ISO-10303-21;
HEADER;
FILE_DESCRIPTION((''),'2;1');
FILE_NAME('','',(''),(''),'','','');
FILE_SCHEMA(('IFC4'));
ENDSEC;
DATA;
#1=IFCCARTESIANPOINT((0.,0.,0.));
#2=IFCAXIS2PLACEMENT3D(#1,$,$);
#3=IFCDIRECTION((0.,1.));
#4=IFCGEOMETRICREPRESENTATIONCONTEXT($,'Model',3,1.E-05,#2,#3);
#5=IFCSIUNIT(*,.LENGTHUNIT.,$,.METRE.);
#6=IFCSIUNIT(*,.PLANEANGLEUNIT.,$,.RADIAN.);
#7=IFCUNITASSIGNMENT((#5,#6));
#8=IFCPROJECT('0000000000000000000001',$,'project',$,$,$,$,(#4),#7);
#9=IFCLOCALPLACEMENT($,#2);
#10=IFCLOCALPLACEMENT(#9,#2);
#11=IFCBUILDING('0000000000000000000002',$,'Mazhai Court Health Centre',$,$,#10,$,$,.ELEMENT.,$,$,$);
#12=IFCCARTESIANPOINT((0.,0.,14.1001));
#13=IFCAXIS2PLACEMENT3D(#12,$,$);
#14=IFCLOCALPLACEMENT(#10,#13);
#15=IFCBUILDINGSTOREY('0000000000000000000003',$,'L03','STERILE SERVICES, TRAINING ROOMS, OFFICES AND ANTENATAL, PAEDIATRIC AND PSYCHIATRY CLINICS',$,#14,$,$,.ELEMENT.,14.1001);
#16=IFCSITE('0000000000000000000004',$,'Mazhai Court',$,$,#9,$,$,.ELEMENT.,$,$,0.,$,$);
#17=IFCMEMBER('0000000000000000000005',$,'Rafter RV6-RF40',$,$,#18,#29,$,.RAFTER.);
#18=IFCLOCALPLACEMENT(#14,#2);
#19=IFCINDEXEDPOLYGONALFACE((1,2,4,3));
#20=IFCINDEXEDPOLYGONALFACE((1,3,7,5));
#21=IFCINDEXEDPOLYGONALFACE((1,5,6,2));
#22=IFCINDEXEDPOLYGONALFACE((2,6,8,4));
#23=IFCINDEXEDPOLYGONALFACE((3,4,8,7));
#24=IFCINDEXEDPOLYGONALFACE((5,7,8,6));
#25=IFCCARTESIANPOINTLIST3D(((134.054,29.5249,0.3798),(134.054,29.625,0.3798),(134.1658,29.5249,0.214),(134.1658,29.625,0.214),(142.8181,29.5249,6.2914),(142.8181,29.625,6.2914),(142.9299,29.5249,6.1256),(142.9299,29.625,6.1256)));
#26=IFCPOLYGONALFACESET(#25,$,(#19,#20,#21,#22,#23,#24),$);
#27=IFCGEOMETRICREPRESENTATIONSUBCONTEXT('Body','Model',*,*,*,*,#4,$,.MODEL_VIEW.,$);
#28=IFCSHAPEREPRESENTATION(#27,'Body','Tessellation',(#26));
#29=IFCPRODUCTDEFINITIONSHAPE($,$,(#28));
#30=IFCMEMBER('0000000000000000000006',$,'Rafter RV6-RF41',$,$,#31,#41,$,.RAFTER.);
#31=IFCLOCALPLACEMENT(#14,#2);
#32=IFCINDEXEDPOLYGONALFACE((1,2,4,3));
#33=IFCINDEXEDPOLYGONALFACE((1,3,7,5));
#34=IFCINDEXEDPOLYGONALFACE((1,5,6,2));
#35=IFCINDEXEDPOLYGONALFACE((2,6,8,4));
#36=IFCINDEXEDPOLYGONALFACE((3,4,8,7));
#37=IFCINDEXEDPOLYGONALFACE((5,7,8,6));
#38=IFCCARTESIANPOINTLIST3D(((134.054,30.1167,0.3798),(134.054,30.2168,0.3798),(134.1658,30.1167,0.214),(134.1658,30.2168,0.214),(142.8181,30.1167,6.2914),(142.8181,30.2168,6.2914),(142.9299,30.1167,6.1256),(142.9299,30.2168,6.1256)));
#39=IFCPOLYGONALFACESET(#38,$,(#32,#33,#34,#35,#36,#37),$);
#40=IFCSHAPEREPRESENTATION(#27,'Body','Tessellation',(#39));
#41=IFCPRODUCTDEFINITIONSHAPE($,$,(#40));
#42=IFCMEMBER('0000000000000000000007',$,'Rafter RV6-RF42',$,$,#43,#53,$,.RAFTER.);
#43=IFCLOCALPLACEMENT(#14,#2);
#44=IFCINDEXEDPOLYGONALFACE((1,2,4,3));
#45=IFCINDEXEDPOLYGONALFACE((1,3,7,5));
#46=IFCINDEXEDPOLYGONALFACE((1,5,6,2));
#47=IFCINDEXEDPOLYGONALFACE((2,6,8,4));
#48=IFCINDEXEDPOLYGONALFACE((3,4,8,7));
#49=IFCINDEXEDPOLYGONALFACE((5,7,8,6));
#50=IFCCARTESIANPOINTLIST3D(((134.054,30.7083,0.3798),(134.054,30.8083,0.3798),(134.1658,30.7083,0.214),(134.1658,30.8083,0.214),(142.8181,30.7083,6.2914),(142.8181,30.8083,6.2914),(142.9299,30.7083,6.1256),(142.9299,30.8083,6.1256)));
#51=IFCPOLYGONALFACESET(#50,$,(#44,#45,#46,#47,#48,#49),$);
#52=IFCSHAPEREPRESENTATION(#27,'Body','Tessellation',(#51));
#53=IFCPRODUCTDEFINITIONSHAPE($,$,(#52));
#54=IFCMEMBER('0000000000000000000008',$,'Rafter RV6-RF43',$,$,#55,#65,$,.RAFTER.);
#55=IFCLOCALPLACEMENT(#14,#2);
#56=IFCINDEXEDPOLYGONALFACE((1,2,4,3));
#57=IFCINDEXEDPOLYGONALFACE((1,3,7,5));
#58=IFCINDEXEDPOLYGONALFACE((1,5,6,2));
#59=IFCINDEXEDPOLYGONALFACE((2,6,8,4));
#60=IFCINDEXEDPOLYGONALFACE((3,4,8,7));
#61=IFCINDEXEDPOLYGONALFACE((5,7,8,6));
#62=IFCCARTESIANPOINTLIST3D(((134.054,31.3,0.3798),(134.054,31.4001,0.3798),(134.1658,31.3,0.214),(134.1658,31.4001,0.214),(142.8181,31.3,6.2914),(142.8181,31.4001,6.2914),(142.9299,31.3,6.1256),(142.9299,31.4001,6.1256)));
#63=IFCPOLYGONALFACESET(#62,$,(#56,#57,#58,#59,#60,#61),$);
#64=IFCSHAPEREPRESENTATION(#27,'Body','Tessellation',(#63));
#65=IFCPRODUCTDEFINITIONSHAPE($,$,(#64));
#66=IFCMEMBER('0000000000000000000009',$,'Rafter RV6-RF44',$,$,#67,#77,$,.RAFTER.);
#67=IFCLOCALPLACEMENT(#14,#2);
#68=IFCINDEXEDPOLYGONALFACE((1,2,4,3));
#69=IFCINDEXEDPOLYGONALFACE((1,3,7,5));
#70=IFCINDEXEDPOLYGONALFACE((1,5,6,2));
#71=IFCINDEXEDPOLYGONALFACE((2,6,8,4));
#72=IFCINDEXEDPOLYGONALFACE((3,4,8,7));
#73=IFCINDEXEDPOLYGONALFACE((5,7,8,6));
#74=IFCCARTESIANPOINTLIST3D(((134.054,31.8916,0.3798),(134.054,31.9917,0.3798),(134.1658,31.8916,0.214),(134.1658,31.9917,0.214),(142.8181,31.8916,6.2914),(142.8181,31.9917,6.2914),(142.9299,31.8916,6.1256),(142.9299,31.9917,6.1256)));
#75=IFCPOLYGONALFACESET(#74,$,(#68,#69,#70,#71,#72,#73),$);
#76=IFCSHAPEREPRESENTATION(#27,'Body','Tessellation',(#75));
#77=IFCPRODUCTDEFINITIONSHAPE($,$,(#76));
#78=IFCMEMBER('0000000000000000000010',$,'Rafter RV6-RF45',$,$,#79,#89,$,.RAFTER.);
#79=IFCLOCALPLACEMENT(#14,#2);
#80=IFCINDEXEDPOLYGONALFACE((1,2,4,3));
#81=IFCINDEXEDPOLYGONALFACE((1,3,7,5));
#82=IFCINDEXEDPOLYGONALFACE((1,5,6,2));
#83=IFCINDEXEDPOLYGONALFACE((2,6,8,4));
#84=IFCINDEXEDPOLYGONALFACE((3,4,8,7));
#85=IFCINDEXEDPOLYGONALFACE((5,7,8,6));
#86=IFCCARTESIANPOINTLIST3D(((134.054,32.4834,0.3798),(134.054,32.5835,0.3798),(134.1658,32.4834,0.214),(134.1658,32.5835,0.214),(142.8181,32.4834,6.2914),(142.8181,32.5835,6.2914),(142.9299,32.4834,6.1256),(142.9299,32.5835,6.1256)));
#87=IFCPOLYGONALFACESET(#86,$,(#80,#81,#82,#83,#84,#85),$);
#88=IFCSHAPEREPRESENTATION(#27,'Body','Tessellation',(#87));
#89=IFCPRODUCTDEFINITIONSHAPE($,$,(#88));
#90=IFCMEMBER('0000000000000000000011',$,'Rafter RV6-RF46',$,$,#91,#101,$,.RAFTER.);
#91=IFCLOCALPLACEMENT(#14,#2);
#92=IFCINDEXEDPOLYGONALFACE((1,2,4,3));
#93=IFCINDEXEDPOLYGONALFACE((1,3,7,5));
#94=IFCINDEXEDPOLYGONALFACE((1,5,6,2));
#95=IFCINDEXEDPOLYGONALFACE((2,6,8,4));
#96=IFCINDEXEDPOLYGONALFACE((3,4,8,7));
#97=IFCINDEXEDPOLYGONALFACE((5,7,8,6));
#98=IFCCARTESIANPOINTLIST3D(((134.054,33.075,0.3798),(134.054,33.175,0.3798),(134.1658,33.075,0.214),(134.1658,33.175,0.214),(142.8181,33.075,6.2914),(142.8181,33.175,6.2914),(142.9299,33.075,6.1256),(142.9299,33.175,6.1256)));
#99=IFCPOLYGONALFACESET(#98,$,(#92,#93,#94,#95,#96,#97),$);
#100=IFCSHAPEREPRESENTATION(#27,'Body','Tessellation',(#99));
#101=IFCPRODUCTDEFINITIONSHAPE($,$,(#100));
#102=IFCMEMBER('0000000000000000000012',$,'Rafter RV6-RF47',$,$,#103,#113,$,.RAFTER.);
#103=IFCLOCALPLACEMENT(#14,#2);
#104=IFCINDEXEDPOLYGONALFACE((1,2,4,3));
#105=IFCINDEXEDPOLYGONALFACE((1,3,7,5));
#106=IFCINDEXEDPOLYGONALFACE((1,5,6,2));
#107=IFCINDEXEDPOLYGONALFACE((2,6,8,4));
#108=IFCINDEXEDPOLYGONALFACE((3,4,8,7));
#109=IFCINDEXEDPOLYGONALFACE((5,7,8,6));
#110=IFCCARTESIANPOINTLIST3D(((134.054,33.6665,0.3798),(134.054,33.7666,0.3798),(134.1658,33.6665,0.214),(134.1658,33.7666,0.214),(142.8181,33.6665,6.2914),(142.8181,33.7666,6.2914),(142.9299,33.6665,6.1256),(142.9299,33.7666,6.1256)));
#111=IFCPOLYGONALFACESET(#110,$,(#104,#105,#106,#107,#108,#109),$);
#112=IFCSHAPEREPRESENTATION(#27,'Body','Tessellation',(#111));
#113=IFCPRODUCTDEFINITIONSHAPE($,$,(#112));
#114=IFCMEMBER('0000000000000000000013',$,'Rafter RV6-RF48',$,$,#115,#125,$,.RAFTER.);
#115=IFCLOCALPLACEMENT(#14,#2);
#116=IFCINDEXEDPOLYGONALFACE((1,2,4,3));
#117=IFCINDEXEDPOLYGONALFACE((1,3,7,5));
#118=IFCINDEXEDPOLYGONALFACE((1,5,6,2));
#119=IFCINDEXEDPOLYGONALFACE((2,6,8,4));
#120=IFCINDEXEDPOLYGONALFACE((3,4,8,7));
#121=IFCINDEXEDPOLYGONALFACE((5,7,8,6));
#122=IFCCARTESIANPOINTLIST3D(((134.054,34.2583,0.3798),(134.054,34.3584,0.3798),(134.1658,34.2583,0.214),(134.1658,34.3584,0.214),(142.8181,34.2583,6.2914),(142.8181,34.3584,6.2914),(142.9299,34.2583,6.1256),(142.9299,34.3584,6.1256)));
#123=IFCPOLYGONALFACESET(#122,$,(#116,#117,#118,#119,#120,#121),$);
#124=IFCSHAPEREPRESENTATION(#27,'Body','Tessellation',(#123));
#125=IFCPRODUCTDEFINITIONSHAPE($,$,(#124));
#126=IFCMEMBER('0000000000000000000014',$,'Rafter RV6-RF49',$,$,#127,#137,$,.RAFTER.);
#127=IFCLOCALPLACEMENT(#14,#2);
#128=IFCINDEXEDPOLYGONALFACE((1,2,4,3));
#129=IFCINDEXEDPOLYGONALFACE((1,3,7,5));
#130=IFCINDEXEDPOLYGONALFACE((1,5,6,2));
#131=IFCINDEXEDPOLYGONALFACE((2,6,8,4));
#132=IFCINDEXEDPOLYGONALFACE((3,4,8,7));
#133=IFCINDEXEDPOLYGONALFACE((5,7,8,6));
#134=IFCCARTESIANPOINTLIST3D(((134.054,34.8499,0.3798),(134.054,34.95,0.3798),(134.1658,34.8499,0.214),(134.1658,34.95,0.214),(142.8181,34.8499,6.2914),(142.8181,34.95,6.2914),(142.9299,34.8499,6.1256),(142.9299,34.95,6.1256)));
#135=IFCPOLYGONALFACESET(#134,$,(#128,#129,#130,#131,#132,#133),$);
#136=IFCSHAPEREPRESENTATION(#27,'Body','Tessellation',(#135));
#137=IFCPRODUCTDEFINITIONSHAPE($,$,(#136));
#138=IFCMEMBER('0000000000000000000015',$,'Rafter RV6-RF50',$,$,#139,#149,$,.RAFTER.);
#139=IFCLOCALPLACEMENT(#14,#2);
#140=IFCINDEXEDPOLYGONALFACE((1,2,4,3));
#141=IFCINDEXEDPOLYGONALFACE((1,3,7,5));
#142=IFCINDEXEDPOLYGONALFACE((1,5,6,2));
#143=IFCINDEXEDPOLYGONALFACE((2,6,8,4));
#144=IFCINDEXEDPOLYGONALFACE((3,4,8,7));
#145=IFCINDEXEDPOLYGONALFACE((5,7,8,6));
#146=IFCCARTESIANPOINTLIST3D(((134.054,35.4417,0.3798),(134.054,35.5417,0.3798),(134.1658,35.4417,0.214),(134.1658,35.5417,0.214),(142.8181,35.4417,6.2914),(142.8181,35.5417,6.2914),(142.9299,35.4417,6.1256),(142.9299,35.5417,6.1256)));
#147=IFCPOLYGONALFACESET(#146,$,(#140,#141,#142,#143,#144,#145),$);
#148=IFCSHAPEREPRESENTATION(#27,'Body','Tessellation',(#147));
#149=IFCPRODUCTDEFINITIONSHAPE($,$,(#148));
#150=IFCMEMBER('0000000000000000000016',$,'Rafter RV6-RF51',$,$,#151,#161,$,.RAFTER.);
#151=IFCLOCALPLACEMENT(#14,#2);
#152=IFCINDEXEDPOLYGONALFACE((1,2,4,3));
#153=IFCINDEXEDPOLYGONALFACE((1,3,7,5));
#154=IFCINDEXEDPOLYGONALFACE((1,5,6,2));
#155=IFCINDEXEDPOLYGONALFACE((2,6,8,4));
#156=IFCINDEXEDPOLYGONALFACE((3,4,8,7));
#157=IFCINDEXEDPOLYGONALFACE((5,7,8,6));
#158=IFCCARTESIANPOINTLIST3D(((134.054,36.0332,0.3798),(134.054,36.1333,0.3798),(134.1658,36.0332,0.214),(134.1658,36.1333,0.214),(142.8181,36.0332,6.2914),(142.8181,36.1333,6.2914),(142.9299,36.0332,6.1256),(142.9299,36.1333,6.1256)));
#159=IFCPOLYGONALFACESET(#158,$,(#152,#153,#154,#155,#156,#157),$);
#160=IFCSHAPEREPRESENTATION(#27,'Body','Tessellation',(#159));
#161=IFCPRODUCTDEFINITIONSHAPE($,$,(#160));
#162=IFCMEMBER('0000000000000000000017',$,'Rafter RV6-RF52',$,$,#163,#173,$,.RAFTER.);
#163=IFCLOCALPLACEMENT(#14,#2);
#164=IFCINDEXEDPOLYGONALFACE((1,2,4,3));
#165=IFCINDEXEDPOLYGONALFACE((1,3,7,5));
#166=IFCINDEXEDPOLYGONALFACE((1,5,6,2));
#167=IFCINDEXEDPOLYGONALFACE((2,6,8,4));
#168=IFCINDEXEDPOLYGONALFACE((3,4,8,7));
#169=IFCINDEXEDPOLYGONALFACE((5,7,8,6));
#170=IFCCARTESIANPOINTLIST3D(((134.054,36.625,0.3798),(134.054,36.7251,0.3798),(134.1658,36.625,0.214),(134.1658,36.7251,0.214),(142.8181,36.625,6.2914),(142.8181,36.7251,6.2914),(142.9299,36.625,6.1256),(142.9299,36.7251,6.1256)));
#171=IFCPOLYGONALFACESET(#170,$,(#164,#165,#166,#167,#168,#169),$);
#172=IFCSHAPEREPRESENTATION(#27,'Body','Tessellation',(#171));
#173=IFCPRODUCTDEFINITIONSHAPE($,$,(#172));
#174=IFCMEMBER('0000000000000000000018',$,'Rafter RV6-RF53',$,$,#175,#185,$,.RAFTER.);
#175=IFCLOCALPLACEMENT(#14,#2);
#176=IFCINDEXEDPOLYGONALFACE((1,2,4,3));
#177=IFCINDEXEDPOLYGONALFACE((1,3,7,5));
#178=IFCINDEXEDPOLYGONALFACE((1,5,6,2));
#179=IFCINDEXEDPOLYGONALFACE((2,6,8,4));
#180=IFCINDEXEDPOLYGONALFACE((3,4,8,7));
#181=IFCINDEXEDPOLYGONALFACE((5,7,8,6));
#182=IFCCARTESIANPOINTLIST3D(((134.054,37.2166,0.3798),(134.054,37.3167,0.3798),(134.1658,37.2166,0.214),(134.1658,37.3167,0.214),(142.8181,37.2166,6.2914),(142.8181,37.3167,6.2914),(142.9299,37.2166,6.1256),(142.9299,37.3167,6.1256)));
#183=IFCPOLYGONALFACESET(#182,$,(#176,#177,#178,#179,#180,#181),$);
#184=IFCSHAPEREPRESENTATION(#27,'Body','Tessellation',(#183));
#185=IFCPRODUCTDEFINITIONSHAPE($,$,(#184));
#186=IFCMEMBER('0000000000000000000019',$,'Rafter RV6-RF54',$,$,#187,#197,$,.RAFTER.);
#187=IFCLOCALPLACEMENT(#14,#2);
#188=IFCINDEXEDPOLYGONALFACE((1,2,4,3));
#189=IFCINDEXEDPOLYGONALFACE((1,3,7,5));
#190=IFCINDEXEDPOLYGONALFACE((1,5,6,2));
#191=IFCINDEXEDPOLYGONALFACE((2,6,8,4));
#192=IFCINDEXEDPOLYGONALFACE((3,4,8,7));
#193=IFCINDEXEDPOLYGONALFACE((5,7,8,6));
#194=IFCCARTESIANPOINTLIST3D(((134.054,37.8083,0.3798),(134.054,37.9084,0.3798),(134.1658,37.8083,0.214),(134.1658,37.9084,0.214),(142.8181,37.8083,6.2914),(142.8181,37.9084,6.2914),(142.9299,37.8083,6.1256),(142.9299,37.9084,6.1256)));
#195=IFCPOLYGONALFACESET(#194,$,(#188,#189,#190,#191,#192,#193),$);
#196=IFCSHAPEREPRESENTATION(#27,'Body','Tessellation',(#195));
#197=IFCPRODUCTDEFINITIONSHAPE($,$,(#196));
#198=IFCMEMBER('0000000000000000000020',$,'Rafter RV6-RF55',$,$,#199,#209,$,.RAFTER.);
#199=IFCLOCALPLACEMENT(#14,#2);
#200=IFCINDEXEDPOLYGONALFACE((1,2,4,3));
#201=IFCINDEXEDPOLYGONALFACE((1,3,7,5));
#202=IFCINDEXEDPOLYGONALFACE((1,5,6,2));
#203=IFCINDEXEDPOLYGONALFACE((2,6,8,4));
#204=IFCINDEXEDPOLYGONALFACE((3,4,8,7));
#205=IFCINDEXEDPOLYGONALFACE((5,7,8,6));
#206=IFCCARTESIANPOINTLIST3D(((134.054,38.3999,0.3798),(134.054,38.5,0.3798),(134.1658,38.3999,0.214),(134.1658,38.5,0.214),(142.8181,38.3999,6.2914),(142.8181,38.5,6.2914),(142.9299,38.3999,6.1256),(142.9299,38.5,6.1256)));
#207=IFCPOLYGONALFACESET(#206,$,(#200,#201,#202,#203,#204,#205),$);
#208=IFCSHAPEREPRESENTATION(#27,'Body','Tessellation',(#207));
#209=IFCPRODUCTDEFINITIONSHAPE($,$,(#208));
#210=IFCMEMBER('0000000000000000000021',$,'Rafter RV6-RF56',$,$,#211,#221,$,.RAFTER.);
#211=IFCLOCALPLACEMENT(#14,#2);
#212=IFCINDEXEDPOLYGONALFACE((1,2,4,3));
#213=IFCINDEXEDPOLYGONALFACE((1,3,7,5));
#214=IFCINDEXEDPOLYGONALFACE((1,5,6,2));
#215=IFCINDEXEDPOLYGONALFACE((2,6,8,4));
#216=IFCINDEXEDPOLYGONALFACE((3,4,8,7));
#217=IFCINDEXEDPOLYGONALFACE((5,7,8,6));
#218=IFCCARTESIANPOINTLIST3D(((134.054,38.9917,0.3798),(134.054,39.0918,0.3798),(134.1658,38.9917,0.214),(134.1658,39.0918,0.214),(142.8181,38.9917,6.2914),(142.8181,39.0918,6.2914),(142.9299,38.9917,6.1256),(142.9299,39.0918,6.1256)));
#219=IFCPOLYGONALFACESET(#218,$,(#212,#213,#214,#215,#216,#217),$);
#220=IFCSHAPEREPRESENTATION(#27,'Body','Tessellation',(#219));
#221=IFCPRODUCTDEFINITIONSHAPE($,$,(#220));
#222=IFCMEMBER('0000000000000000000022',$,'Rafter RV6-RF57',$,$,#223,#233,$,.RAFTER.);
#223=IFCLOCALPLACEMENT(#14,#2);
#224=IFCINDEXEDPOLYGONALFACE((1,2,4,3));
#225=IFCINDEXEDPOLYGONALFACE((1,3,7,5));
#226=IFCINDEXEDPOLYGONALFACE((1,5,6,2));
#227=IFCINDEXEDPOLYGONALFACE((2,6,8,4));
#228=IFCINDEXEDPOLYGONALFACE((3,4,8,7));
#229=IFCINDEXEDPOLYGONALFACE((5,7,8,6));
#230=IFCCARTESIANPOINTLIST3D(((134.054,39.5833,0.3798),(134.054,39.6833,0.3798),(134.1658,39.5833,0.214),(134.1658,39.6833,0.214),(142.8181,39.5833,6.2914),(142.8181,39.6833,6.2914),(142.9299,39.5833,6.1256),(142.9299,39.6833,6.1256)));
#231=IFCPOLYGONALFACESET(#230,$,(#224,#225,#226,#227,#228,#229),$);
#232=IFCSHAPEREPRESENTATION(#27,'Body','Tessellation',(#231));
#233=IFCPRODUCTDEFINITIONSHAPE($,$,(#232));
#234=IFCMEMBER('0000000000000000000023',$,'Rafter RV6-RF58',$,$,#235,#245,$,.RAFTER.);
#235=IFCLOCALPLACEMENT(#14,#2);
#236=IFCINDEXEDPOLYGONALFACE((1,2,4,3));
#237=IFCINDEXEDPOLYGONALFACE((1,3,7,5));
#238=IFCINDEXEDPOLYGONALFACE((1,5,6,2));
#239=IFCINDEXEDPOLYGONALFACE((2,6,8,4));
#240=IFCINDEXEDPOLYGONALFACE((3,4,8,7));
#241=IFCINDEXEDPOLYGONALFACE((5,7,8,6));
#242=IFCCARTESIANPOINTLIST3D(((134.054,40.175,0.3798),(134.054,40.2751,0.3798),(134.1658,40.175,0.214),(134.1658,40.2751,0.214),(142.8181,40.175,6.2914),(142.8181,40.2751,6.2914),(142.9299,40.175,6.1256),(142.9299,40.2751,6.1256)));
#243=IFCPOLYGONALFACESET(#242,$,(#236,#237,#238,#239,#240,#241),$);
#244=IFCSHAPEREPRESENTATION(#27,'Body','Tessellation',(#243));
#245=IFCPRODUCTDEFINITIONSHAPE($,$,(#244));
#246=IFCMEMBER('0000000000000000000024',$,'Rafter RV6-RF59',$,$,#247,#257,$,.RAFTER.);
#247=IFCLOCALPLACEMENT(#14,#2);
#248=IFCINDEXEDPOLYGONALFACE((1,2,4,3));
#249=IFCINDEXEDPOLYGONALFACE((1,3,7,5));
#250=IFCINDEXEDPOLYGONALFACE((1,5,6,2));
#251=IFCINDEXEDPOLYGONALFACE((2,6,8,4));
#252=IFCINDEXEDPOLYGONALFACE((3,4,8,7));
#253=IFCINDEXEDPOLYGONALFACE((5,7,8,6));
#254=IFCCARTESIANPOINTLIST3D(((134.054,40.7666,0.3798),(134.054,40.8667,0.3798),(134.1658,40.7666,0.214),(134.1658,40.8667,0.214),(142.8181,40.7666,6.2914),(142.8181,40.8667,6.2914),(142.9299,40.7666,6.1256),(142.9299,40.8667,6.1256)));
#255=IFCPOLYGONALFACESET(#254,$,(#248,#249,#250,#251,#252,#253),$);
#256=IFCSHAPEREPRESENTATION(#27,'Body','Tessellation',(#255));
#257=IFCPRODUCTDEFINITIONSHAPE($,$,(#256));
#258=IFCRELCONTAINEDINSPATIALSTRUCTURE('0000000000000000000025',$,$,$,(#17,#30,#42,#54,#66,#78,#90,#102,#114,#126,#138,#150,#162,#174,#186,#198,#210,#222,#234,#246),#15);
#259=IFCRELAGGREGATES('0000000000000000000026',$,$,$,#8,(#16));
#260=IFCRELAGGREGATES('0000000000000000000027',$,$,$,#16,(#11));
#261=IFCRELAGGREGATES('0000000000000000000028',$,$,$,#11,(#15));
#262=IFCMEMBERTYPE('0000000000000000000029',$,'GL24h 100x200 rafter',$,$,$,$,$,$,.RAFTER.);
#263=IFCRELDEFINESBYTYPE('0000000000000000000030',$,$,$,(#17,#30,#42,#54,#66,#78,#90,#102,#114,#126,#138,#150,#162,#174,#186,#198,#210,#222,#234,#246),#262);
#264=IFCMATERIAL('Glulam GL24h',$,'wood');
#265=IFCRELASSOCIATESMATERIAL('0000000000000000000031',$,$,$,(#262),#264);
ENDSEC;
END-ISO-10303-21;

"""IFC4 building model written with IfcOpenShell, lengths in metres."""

from ifc_helpers import new_model, si_unit, direction, frame, origin, origin_2d, place, context, subcontext, project, spatial, rectangle, extrude, material, material_profile, profile_set, type_object, element, save


model = new_model("IFC4")

# Units and contexts
model_context = context("Model", 3, precision=1e-05, world=origin(), true_north=direction((0.0, 1.0)))
body_context = subcontext(model_context, "Body", "Model", "MODEL_VIEW")
ifc_project = project(units=[si_unit("LENGTHUNIT", "METRE"), si_unit("PLANEANGLEUNIT", "RADIAN")], contexts=[model_context])

# Site, building, storey
site_placement = place(None, origin())
site = spatial("IfcSite", under=ifc_project, at=site_placement, Name="Mazhai Court", CompositionType="ELEMENT", RefElevation=0.0)
building_placement = place(site_placement, origin())
building = spatial("IfcBuilding", under=site, at=building_placement, Name="Mazhai Court Health Centre", CompositionType="ELEMENT")
storey_placement = place(building_placement, frame((0.0, 0.0, 14.1001)))
storey = spatial("IfcBuildingStorey", under=building, at=storey_placement, Name="L03", Description="STERILE SERVICES, TRAINING ROOMS, OFFICES AND ANTENATAL, PAEDIATRIC AND PSYCHIATRY CLINICS", CompositionType="ELEMENT", Elevation=14.1001)

# Members
ifc_material_1 = material(Name="Glulam GL24h", Category="wood")
ifc_material_profile = material_profile(ifc_material_1, rectangle(XDim=0.1001, YDim=0.2, at=origin_2d()), Name="GL24h 100x200")
ifc_profile_set = profile_set([ifc_material_profile], Name="Glulam GL24h")
member_type = type_object("IfcMemberType", Name="GL24h 100x200 rafter", PredefinedType="RAFTER", material=ifc_profile_set)
for number, where, z_axis, x_axis, name in (
    (1, (134.1099, 29.575, 0.2969), (0.829032, 0.0, 0.559201), (0.0, 1.0, 0.0), "Rafter RV6-RF40"),
    (2, (134.1099, 30.1667, 0.2969), (0.829032, 0.0, 0.559201), (0.0, 1.0, 0.0), "Rafter RV6-RF41"),
    (3, (134.1099, 30.7583, 0.2969), (0.829032, 0.0, 0.559201), (0.0, 1.0, 0.0), "Rafter RV6-RF42"),
    (4, (134.1099, 31.3501, 0.2969), (0.829032, 0.0, 0.559201), (0.0, 1.0, 0.0), "Rafter RV6-RF43"),
    (5, (134.1099, 31.9417, 0.2969), (0.829032, 0.0, 0.559201), (0.0, 1.0, 0.0), "Rafter RV6-RF44"),
    (6, (134.1099, 32.5334, 0.2969), (0.829032, 0.0, 0.559201), (0.0, 1.0, 0.0), "Rafter RV6-RF45"),
    (7, (134.1099, 33.125, 0.2969), (0.829032, 0.0, 0.559201), (0.0, 1.0, 0.0), "Rafter RV6-RF46"),
    (8, (134.1099, 33.7166, 0.2969), (0.829032, 0.0, 0.559201), (0.0, 1.0, 0.0), "Rafter RV6-RF47"),
    (9, (134.1099, 34.3083, 0.2969), (0.829032, 0.0, 0.559201), (0.0, 1.0, 0.0), "Rafter RV6-RF48"),
    (10, (134.1099, 34.8999, 0.2969), (0.829032, 0.0, 0.559201), (0.0, 1.0, 0.0), "Rafter RV6-RF49"),
    (11, (134.1099, 35.4917, 0.2969), (0.829032, 0.0, 0.559201), (0.0, 1.0, 0.0), "Rafter RV6-RF50"),
    (12, (134.1099, 36.0833, 0.2969), (0.829032, 0.0, 0.559201), (0.0, 1.0, 0.0), "Rafter RV6-RF51"),
    (13, (134.1099, 36.675, 0.2969), (0.829032, 0.0, 0.559201), (0.0, 1.0, 0.0), "Rafter RV6-RF52"),
    (14, (134.1099, 37.2666, 0.2969), (0.829032, 0.0, 0.559201), (0.0, 1.0, 0.0), "Rafter RV6-RF53"),
    (15, (134.1099, 37.8584, 0.2969), (0.829032, 0.0, 0.559201), (0.0, 1.0, 0.0), "Rafter RV6-RF54"),
    (16, (134.1099, 38.45, 0.2969), (0.829032, 0.0, 0.559201), (0.0, 1.0, 0.0), "Rafter RV6-RF55"),
    (17, (134.1099, 39.0417, 0.2969), (0.829032, 0.0, 0.559201), (0.0, 1.0, 0.0), "Rafter RV6-RF56"),
    (18, (134.1099, 39.6333, 0.2969), (0.829032, 0.0, 0.559201), (0.0, 1.0, 0.0), "Rafter RV6-RF57"),
    (19, (134.1099, 40.2251, 0.2969), (0.829032, 0.0, 0.559201), (0.0, 1.0, 0.0), "Rafter RV6-RF58"),
    (20, (134.1099, 40.8167, 0.2969), (0.829032, 0.0, 0.559201), (0.0, 1.0, 0.0), "Rafter RV6-RF59"),
):
    element("IfcMember", number, at=place(storey_placement, frame(where, z_axis=z_axis, x_axis=x_axis)), inside=storey, type_object=member_type, Name=name, PredefinedType="RAFTER", context=body_context, shape_type="SweptSolid", body=[
        extrude(rectangle(XDim=0.1001, YDim=0.2, at=origin_2d()), origin(), (0.0, 0.0, 1.0), 10.5715),
    ])

save(model, "model.ifc")
